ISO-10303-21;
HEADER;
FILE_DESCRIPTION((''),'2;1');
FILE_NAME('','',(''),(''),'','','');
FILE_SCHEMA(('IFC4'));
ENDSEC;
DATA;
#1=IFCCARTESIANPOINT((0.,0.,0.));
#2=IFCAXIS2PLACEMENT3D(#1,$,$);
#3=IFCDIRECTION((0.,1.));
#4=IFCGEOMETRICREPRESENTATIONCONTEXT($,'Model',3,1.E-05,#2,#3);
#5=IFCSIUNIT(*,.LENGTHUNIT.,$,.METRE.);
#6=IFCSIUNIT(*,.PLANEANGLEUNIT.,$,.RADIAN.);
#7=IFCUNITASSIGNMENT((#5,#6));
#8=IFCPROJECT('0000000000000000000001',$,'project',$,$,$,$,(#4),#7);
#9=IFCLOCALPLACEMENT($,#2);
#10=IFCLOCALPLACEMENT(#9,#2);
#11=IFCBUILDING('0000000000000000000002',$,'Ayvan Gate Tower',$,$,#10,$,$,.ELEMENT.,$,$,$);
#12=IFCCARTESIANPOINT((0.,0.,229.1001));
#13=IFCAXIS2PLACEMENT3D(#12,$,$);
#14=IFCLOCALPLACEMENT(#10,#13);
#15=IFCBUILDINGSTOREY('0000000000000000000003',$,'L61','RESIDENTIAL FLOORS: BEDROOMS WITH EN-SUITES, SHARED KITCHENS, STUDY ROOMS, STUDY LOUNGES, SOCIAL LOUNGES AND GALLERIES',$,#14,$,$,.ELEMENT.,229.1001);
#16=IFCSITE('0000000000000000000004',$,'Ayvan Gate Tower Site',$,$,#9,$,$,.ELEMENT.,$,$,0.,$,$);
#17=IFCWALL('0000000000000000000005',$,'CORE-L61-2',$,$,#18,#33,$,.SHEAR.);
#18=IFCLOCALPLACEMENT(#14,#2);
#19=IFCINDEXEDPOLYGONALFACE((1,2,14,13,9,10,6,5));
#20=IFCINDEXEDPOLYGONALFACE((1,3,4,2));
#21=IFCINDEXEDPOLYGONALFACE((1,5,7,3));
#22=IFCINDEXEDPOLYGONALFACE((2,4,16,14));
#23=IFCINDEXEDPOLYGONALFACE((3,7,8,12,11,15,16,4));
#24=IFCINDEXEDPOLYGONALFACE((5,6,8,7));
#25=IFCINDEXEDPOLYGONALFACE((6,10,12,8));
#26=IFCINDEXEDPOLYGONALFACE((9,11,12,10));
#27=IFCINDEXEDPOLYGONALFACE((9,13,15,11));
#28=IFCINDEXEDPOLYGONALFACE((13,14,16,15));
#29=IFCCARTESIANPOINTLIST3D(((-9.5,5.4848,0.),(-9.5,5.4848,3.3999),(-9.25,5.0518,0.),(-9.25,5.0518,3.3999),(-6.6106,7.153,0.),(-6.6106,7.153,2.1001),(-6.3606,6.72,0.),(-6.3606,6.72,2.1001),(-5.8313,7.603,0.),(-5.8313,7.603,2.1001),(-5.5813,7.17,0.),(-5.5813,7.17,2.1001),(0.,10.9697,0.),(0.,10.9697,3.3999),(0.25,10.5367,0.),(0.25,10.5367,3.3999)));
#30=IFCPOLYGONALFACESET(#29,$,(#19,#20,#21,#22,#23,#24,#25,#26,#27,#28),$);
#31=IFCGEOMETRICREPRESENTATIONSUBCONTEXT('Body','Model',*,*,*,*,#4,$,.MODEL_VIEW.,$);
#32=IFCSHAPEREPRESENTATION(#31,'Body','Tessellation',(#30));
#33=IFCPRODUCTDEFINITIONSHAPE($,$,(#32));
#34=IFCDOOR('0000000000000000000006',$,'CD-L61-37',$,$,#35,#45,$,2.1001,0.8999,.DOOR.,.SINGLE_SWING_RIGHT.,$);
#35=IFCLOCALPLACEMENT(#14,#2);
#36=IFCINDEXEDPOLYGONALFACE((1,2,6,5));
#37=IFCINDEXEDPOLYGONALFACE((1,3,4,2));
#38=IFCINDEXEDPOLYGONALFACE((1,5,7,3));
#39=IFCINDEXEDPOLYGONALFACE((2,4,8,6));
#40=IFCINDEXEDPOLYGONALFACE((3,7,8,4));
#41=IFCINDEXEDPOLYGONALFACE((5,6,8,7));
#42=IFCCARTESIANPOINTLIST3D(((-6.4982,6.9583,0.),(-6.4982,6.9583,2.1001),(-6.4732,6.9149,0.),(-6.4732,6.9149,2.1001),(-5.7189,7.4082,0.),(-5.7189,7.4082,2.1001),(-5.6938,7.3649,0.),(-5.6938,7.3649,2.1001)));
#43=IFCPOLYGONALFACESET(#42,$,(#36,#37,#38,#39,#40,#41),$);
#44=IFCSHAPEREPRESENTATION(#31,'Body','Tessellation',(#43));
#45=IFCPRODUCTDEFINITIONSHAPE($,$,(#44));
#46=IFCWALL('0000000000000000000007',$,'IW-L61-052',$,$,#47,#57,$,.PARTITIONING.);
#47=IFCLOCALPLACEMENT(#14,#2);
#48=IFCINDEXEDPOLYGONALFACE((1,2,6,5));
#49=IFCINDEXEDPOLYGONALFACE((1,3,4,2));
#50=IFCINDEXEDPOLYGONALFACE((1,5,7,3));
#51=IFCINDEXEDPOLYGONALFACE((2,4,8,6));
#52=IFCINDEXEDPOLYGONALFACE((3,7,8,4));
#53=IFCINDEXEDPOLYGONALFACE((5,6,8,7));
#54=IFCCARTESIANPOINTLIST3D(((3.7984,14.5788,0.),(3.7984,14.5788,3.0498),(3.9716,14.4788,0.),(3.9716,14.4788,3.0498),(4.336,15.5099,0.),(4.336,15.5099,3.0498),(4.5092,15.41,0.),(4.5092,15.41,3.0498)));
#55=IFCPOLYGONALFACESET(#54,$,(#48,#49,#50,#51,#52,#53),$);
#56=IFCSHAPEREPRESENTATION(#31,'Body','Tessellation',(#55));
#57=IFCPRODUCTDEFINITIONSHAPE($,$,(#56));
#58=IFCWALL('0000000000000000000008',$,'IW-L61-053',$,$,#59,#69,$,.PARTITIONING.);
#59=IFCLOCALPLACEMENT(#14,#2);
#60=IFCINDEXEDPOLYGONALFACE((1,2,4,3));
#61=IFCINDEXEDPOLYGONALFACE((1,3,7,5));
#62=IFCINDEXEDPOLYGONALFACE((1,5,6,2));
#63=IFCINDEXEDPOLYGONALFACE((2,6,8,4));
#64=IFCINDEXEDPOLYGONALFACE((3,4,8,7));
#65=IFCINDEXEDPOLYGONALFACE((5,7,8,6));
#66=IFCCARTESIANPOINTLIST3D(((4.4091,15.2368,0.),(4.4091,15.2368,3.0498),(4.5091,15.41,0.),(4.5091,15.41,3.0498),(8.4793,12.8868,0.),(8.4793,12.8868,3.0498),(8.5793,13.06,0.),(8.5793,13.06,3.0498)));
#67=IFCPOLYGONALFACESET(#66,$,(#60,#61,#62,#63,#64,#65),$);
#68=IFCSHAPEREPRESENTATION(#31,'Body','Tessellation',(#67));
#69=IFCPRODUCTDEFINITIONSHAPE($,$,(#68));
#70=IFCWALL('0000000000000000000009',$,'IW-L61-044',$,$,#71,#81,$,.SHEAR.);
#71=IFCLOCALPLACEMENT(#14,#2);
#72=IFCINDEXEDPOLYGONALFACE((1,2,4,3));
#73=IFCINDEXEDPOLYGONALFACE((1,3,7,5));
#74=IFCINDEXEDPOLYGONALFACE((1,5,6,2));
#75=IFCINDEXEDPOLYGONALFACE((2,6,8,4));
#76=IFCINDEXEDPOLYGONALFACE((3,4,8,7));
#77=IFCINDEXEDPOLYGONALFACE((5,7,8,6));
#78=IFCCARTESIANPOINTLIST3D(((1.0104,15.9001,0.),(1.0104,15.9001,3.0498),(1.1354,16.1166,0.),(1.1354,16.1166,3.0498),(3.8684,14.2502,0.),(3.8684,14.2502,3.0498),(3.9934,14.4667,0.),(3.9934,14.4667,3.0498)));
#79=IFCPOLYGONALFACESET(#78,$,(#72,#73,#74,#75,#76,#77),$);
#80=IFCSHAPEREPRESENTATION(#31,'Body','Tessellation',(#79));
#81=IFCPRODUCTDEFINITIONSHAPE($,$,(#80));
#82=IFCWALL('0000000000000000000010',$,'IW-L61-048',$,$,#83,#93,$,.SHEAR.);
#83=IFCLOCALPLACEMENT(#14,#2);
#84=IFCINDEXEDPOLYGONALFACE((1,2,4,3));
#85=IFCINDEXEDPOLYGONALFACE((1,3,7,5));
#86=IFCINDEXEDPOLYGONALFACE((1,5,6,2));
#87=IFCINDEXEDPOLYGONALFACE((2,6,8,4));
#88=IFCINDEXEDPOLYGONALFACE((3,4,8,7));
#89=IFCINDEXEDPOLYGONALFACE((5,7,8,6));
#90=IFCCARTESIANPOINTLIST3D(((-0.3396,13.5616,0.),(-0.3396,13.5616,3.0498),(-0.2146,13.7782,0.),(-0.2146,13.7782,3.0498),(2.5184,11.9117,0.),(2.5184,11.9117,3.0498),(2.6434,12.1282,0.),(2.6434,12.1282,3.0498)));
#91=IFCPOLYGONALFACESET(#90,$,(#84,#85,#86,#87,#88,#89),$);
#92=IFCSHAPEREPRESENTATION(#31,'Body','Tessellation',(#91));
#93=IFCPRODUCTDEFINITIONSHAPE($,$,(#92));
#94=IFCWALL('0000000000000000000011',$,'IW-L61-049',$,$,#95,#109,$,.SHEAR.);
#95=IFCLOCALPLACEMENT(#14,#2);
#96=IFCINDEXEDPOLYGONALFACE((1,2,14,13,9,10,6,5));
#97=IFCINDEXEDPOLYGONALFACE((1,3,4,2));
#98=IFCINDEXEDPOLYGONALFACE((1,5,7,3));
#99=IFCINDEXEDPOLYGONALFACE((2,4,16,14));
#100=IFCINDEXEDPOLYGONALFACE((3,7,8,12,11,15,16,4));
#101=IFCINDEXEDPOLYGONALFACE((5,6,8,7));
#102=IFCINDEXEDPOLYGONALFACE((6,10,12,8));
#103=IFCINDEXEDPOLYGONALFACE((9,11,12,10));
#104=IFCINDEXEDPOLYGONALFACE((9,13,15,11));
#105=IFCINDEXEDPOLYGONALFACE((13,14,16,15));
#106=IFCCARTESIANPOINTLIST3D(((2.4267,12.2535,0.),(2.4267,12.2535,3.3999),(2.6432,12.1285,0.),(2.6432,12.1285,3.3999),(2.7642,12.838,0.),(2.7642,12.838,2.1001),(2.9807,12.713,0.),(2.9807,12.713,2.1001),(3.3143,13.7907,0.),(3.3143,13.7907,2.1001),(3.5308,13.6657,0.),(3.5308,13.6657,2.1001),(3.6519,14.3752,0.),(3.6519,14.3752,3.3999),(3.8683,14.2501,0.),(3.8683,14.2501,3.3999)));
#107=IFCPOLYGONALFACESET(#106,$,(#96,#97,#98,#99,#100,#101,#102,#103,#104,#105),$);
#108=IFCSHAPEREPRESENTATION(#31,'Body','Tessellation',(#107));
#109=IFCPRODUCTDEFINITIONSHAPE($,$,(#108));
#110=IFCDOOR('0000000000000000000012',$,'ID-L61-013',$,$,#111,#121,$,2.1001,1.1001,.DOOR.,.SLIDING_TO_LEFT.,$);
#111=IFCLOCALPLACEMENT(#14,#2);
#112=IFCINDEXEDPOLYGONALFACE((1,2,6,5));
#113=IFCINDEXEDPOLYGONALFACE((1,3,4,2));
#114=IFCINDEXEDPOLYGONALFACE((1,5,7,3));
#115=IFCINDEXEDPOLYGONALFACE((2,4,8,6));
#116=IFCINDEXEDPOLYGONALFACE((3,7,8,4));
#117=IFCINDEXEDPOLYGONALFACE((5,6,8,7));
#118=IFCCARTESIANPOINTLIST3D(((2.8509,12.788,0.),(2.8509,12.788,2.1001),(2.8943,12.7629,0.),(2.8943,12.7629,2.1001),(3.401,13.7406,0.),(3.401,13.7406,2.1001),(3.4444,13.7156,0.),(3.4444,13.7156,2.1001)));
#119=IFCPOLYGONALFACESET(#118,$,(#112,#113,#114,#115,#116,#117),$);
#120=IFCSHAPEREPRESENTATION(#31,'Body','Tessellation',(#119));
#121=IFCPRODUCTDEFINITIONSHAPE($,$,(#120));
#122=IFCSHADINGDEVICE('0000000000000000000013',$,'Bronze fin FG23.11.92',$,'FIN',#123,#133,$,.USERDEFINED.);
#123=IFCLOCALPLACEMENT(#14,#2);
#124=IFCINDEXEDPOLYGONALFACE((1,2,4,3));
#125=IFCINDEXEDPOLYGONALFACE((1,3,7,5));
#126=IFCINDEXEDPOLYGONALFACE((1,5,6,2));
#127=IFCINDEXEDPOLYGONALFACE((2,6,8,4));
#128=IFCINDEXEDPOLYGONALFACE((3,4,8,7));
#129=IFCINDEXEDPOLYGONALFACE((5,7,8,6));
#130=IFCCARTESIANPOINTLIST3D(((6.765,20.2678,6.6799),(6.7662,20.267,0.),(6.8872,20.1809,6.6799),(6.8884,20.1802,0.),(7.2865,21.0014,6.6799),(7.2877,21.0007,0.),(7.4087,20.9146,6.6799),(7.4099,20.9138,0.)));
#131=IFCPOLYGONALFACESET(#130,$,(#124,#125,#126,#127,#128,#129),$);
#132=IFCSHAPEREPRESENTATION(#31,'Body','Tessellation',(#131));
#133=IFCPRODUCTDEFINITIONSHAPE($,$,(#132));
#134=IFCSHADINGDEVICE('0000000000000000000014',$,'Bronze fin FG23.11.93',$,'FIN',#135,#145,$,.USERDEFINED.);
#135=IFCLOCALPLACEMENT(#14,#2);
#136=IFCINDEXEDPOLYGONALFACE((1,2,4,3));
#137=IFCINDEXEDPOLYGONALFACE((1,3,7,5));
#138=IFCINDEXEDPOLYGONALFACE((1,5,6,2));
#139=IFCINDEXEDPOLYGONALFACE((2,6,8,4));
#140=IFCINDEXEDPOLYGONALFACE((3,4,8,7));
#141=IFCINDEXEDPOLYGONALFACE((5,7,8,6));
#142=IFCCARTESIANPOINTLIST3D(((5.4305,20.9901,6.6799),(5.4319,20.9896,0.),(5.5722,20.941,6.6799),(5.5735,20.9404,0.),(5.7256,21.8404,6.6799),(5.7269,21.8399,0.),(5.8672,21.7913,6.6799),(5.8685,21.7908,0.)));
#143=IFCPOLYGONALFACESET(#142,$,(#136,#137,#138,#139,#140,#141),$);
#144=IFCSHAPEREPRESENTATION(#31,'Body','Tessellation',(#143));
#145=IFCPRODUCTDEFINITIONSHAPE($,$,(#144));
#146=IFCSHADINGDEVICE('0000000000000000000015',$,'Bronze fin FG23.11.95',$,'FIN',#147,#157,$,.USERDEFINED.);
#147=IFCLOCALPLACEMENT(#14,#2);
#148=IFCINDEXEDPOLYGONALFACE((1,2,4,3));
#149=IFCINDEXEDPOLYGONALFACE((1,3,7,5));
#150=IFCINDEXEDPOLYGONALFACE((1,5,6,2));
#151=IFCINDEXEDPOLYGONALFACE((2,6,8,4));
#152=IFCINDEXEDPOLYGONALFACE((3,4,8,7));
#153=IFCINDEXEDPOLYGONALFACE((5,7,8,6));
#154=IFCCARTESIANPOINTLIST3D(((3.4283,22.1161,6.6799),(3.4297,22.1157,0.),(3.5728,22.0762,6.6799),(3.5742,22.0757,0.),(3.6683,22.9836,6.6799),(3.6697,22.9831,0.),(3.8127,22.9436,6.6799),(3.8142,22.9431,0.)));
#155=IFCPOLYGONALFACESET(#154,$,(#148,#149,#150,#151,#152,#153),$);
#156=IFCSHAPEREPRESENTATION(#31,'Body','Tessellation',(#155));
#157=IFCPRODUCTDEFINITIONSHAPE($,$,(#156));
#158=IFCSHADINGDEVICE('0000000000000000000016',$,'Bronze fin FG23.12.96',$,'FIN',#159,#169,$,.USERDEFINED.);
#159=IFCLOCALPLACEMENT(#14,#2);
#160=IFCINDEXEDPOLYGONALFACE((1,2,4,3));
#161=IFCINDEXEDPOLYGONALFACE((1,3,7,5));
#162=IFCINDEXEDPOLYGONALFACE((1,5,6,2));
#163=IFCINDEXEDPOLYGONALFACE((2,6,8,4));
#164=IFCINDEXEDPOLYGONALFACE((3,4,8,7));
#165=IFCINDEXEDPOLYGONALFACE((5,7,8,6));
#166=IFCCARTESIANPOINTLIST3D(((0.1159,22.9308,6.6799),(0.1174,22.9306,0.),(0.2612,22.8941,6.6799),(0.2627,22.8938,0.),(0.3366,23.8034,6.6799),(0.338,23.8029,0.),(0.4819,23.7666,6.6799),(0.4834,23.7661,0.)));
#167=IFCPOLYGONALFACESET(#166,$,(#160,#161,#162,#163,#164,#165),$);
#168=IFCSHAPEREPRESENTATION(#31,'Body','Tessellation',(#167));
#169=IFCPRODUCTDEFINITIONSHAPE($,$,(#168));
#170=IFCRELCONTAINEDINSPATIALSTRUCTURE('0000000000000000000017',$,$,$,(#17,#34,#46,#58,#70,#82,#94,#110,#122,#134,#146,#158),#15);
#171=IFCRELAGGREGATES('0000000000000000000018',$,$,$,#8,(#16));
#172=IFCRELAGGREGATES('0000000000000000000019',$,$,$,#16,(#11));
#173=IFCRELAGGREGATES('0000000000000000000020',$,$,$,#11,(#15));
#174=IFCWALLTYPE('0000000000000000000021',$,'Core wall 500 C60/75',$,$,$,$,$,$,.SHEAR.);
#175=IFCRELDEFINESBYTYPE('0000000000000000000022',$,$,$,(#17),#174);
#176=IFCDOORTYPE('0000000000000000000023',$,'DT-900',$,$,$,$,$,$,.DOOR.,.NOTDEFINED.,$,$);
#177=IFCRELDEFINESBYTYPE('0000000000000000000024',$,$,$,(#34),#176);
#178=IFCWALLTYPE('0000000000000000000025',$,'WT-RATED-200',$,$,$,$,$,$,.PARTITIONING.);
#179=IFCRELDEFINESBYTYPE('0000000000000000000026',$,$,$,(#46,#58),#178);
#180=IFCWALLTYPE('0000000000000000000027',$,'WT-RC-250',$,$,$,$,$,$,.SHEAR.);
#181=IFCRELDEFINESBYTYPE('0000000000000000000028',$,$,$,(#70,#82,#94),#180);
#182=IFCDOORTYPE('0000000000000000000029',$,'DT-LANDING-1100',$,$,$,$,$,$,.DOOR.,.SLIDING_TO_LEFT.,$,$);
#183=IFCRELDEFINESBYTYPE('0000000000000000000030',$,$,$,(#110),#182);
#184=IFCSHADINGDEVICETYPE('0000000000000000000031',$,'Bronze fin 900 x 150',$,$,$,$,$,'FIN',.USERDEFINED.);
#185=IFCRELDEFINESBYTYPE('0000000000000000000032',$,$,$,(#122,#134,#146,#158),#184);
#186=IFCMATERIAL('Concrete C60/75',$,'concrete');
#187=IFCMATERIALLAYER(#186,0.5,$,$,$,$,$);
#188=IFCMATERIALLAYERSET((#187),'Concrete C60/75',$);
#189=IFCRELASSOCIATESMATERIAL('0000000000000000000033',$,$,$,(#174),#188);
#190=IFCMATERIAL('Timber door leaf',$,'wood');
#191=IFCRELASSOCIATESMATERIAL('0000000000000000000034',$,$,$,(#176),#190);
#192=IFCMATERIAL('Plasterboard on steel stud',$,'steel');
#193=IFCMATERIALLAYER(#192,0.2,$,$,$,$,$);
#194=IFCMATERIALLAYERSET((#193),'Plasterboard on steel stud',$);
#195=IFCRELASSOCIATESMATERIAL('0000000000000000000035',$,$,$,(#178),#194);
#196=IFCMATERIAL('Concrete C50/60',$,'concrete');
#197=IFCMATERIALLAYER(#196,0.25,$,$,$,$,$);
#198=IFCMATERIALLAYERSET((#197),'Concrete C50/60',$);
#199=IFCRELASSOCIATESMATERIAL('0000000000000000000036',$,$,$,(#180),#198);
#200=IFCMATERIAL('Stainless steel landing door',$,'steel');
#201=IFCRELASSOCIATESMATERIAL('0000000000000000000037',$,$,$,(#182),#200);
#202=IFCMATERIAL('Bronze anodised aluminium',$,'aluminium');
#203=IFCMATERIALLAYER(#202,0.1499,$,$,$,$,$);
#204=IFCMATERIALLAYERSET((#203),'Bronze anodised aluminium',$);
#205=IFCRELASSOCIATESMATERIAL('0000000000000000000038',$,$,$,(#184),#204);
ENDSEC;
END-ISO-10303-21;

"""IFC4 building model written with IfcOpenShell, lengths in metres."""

from ifc_helpers import new_model, si_unit, direction, frame, frame_2d, origin, place, context, subcontext, project, spatial, polyline, rectangle, outline, extrude, material, layer, layer_set, type_object, element, fill, save


model = new_model("IFC4")

# Units and contexts
model_context = context("Model", 3, precision=1e-05, world=origin(), true_north=direction((0.0, 1.0)))
body_context = subcontext(model_context, "Body", "Model", "MODEL_VIEW")
ifc_project = project(units=[si_unit("LENGTHUNIT", "METRE"), si_unit("PLANEANGLEUNIT", "RADIAN")], contexts=[model_context])

# Site, building, storey
site_placement = place(None, origin())
site = spatial("IfcSite", under=ifc_project, at=site_placement, Name="Ayvan Gate Tower Site", CompositionType="ELEMENT", RefElevation=0.0)
building_placement = place(site_placement, origin())
building = spatial("IfcBuilding", under=site, at=building_placement, Name="Ayvan Gate Tower", CompositionType="ELEMENT")
storey_placement = place(building_placement, frame((0.0, 0.0, 229.1001)))
storey = spatial("IfcBuildingStorey", under=building, at=storey_placement, Name="L61", Description="RESIDENTIAL FLOORS: BEDROOMS WITH EN-SUITES, SHARED KITCHENS, STUDY ROOMS, STUDY LOUNGES, SOCIAL LOUNGES AND GALLERIES", CompositionType="ELEMENT", Elevation=229.1001)

# Shared definitions
ifc_material_1 = material(Name="Concrete C50/60", Category="concrete")

# Shared definitions
ifc_material_2 = material(Name="Bronze anodised aluminium", Category="aluminium")

# Wall, opening, door
ifc_material_3 = material(Name="Concrete C60/75", Category="concrete")
ifc_layer_1 = layer(ifc_material_3, 0.5)
ifc_layer_set_1 = layer_set([ifc_layer_1], Name="Concrete C60/75")
wall_type_1 = type_object("IfcWallType", Name="Core wall 500 C60/75", PredefinedType="SHEAR", material=ifc_layer_set_1)
wall_1_placement = place(storey_placement, frame((0.125, 10.7532, 0.0), z_axis=(0.0, 0.0, 1.0), x_axis=(-0.866024, -0.500002, 0.0)))
wall_1 = element("IfcWall", 1, at=wall_1_placement, inside=storey, type_object=wall_type_1, Name="CORE-L61-2", PredefinedType="SHEAR", context=body_context, shape_type="SweptSolid", body=[
    extrude(rectangle(XDim=10.9697, YDim=0.5, at=frame_2d((5.4849, 0.0))), origin(), (0.0, 0.0, 1.0), 3.3999),
])
opening_1_placement = place(wall_1_placement, frame((6.7334, 0.0, 0.0)))
opening_1 = element("IfcOpeningElement", 2, at=opening_1_placement, cuts=wall_1, PredefinedType="OPENING", context=body_context, shape_type="SweptSolid", body=[
    extrude(rectangle(XDim=0.8999, YDim=2.1001, at=frame_2d((0.45, 1.05))), frame((0.0, 0.26, 0.0), z_axis=(0.0, -1.0, 0.0), x_axis=(1.0, 0.0, 0.0)), (0.0, 0.0, 1.0), 0.52),
])
ifc_material_4 = material(Name="Timber door leaf", Category="wood")
door_type_1 = type_object("IfcDoorType", Name="DT-900", OperationType="NOTDEFINED", PredefinedType="DOOR", material=ifc_material_4)
door_1_placement = place(opening_1_placement, origin())
door_1 = element("IfcDoor", 3, at=door_1_placement, inside=storey, type_object=door_type_1, Name="CD-L61-37", OperationType="SINGLE_SWING_RIGHT", OverallHeight=2.1001, OverallWidth=0.8999, PredefinedType="DOOR", context=body_context, shape_type="SweptSolid", body=[
    extrude(rectangle(XDim=0.8999, YDim=2.1001, at=frame_2d((0.45, 1.05))), frame((0.0, 0.0249, 0.0), z_axis=(0.0, -1.0, 0.0), x_axis=(1.0, 0.0, 0.0)), (0.0, 0.0, 1.0), 0.05),
])
fill(opening_1, door_1)

# Walls
ifc_material_5 = material(Name="Plasterboard on steel stud", Category="steel")
ifc_layer_2 = layer(ifc_material_5, 0.2)
ifc_layer_set_2 = layer_set([ifc_layer_2], Name="Plasterboard on steel stud")
wall_type_2 = type_object("IfcWallType", Name="WT-RATED-200", PredefinedType="PARTITIONING", material=ifc_layer_set_2)
wall_2_placement = place(storey_placement, frame((3.885, 14.5288, 0.0), z_axis=(0.0, 0.0, 1.0), x_axis=(0.499998, 0.866027, 0.0)))
element("IfcWall", 4, at=wall_2_placement, inside=storey, type_object=wall_type_2, Name="IW-L61-052", PredefinedType="PARTITIONING", context=body_context, shape_type="SweptSolid", body=[
    extrude(rectangle(XDim=1.0752, YDim=0.2, at=frame_2d((0.5376, 0.0))), origin(), (0.0, 0.0, 1.0), 3.0498),
])
wall_3_placement = place(storey_placement, frame((4.459, 15.3235, 0.0), z_axis=(0.0, 0.0, 1.0), x_axis=(0.866016, -0.500016, 0.0)))
element("IfcWall", 5, at=wall_3_placement, inside=storey, type_object=wall_type_2, Name="IW-L61-053", PredefinedType="PARTITIONING", context=body_context, shape_type="SweptSolid", body=[
    extrude(rectangle(XDim=4.7, YDim=0.2, at=frame_2d((2.3501, 0.0))), origin(), (0.0, 0.0, 1.0), 3.0498),
])
ifc_layer_3 = layer(ifc_material_1, 0.25)
ifc_layer_set_3 = layer_set([ifc_layer_3], Name="Concrete C50/60")
wall_type_3 = type_object("IfcWallType", Name="WT-RC-250", PredefinedType="SHEAR", material=ifc_layer_set_3)
for number, where, z_axis, x_axis, name in (
    (6, (1.073, 16.0083, 0.0), (0.0, 0.0, 1.0), (0.86604, -0.499974, 0.0), "IW-L61-044"),
    (7, (2.5808, 12.02, 0.0), (0.0, 0.0, 1.0), (-0.86604, 0.499974, 0.0), "IW-L61-048"),
):
    element("IfcWall", number, at=place(storey_placement, frame(where, z_axis=z_axis, x_axis=x_axis)), inside=storey, type_object=wall_type_3, Name=name, PredefinedType="SHEAR", context=body_context, shape_type="SweptSolid", body=[
        extrude(rectangle(XDim=3.3, YDim=0.25, at=frame_2d((1.6499, 0.0))), origin(), (0.0, 0.0, 1.0), 3.0498),
    ])

# Wall, opening, door
wall_4_placement = place(storey_placement, frame((2.5349, 12.1909, 0.0), z_axis=(0.0, 0.0, 1.0), x_axis=(0.500062, 0.86599, 0.0)))
wall_4 = element("IfcWall", 8, at=wall_4_placement, inside=storey, type_object=wall_type_3, Name="IW-L61-049", PredefinedType="SHEAR", context=body_context, shape_type="SweptSolid", body=[
    extrude(rectangle(XDim=2.45, YDim=0.25, at=frame_2d((1.2251, 0.0))), origin(), (0.0, 0.0, 1.0), 3.3999),
])
opening_2_placement = place(wall_4_placement, frame((0.675, 0.0, 0.0)))
opening_2 = element("IfcOpeningElement", 9, at=opening_2_placement, cuts=wall_4, PredefinedType="OPENING", context=body_context, shape_type="SweptSolid", body=[
    extrude(rectangle(XDim=1.1001, YDim=2.1001, at=frame_2d((0.55, 1.05))), frame((0.0, 0.135, 0.0), z_axis=(0.0, -1.0, 0.0), x_axis=(1.0, 0.0, 0.0)), (0.0, 0.0, 1.0), 0.27),
])
ifc_material_6 = material(Name="Stainless steel landing door", Category="steel")
door_type_2 = type_object("IfcDoorType", Name="DT-LANDING-1100", OperationType="SLIDING_TO_LEFT", PredefinedType="DOOR", material=ifc_material_6)
door_2_placement = place(opening_2_placement, origin())
door_2 = element("IfcDoor", 10, at=door_2_placement, inside=storey, type_object=door_type_2, Name="ID-L61-013", OperationType="SLIDING_TO_LEFT", OverallHeight=2.1001, OverallWidth=1.1001, PredefinedType="DOOR", context=body_context, shape_type="SweptSolid", body=[
    extrude(rectangle(XDim=1.1001, YDim=2.1001, at=frame_2d((0.55, 1.05))), frame((0.0, 0.0249, 0.0), z_axis=(0.0, -1.0, 0.0), x_axis=(1.0, 0.0, 0.0)), (0.0, 0.0, 1.0), 0.05),
])
fill(opening_2, door_2)

# Shading devices
ifc_layer_4 = layer(ifc_material_2, 0.1499)
ifc_layer_set_4 = layer_set([ifc_layer_4], Name="Bronze anodised aluminium")
shading_device_type = type_object("IfcShadingDeviceType", Name="Bronze fin 900 x 150", ElementType="FIN", PredefinedType="USERDEFINED", material=ifc_layer_set_4)
shading_device_1_placement = place(storey_placement, frame((6.8884, 20.1802, 0.0), z_axis=(0.815069, -0.579364, 0.000212), x_axis=(0.579364, 0.815069, 0.0)))
element("IfcShadingDevice", 11, at=shading_device_1_placement, inside=storey, type_object=shading_device_type, Name="Bronze fin FG23.11.92", ObjectType="FIN", PredefinedType="USERDEFINED", context=body_context, shape_type="SweptSolid", body=[
    extrude(outline(polyline([(0.0, 0.0), (0.9001, 0.0), (0.9, 6.6799), (-0.0001, 6.6799), (0.0, 0.0)])), origin(), (0.0, 0.0, -1.0), 0.1499),
])
shading_device_2_placement = place(storey_placement, frame((5.5735, 20.9404, 0.0), z_axis=(0.944747, -0.3278, 0.000214), x_axis=(0.3278, 0.944747, 0.0)))
element("IfcShadingDevice", 12, at=shading_device_2_placement, inside=storey, type_object=shading_device_type, Name="Bronze fin FG23.11.93", ObjectType="FIN", PredefinedType="USERDEFINED", context=body_context, shape_type="SweptSolid", body=[
    extrude(outline(polyline([(0.0, 0.0), (0.9001, 0.0), (0.9001, 6.6799), (0.0001, 6.6799), (0.0, 0.0)])), origin(), (0.0, 0.0, -1.0), 0.1499),
])
shading_device_3_placement = place(storey_placement, frame((3.5742, 22.0757, 0.0), z_axis=(0.963793, -0.26665, 0.000231), x_axis=(0.26665, 0.963793, 0.0)))
element("IfcShadingDevice", 13, at=shading_device_3_placement, inside=storey, type_object=shading_device_type, Name="Bronze fin FG23.11.95", ObjectType="FIN", PredefinedType="USERDEFINED", context=body_context, shape_type="SweptSolid", body=[
    extrude(outline(polyline([(0.0, 0.0), (0.9, 0.0), (0.9001, 6.6799), (0.0001, 6.6799), (0.0, 0.0)])), origin(), (0.0, 0.0, -1.0), 0.1499),
])
shading_device_4_placement = place(storey_placement, frame((0.2627, 22.8938, 0.0), z_axis=(0.96946, -0.245248, 0.000226), x_axis=(0.245248, 0.96946, 0.0)))
element("IfcShadingDevice", 14, at=shading_device_4_placement, inside=storey, type_object=shading_device_type, Name="Bronze fin FG23.12.96", ObjectType="FIN", PredefinedType="USERDEFINED", context=body_context, shape_type="SweptSolid", body=[
    extrude(outline(polyline([(0.0, 0.0), (0.8998, 0.0), (0.8999, 6.6799), (-0.0001, 6.6799), (0.0, 0.0)])), origin(), (0.0, 0.0, -1.0), 0.1499),
])

save(model, "model.ifc")
